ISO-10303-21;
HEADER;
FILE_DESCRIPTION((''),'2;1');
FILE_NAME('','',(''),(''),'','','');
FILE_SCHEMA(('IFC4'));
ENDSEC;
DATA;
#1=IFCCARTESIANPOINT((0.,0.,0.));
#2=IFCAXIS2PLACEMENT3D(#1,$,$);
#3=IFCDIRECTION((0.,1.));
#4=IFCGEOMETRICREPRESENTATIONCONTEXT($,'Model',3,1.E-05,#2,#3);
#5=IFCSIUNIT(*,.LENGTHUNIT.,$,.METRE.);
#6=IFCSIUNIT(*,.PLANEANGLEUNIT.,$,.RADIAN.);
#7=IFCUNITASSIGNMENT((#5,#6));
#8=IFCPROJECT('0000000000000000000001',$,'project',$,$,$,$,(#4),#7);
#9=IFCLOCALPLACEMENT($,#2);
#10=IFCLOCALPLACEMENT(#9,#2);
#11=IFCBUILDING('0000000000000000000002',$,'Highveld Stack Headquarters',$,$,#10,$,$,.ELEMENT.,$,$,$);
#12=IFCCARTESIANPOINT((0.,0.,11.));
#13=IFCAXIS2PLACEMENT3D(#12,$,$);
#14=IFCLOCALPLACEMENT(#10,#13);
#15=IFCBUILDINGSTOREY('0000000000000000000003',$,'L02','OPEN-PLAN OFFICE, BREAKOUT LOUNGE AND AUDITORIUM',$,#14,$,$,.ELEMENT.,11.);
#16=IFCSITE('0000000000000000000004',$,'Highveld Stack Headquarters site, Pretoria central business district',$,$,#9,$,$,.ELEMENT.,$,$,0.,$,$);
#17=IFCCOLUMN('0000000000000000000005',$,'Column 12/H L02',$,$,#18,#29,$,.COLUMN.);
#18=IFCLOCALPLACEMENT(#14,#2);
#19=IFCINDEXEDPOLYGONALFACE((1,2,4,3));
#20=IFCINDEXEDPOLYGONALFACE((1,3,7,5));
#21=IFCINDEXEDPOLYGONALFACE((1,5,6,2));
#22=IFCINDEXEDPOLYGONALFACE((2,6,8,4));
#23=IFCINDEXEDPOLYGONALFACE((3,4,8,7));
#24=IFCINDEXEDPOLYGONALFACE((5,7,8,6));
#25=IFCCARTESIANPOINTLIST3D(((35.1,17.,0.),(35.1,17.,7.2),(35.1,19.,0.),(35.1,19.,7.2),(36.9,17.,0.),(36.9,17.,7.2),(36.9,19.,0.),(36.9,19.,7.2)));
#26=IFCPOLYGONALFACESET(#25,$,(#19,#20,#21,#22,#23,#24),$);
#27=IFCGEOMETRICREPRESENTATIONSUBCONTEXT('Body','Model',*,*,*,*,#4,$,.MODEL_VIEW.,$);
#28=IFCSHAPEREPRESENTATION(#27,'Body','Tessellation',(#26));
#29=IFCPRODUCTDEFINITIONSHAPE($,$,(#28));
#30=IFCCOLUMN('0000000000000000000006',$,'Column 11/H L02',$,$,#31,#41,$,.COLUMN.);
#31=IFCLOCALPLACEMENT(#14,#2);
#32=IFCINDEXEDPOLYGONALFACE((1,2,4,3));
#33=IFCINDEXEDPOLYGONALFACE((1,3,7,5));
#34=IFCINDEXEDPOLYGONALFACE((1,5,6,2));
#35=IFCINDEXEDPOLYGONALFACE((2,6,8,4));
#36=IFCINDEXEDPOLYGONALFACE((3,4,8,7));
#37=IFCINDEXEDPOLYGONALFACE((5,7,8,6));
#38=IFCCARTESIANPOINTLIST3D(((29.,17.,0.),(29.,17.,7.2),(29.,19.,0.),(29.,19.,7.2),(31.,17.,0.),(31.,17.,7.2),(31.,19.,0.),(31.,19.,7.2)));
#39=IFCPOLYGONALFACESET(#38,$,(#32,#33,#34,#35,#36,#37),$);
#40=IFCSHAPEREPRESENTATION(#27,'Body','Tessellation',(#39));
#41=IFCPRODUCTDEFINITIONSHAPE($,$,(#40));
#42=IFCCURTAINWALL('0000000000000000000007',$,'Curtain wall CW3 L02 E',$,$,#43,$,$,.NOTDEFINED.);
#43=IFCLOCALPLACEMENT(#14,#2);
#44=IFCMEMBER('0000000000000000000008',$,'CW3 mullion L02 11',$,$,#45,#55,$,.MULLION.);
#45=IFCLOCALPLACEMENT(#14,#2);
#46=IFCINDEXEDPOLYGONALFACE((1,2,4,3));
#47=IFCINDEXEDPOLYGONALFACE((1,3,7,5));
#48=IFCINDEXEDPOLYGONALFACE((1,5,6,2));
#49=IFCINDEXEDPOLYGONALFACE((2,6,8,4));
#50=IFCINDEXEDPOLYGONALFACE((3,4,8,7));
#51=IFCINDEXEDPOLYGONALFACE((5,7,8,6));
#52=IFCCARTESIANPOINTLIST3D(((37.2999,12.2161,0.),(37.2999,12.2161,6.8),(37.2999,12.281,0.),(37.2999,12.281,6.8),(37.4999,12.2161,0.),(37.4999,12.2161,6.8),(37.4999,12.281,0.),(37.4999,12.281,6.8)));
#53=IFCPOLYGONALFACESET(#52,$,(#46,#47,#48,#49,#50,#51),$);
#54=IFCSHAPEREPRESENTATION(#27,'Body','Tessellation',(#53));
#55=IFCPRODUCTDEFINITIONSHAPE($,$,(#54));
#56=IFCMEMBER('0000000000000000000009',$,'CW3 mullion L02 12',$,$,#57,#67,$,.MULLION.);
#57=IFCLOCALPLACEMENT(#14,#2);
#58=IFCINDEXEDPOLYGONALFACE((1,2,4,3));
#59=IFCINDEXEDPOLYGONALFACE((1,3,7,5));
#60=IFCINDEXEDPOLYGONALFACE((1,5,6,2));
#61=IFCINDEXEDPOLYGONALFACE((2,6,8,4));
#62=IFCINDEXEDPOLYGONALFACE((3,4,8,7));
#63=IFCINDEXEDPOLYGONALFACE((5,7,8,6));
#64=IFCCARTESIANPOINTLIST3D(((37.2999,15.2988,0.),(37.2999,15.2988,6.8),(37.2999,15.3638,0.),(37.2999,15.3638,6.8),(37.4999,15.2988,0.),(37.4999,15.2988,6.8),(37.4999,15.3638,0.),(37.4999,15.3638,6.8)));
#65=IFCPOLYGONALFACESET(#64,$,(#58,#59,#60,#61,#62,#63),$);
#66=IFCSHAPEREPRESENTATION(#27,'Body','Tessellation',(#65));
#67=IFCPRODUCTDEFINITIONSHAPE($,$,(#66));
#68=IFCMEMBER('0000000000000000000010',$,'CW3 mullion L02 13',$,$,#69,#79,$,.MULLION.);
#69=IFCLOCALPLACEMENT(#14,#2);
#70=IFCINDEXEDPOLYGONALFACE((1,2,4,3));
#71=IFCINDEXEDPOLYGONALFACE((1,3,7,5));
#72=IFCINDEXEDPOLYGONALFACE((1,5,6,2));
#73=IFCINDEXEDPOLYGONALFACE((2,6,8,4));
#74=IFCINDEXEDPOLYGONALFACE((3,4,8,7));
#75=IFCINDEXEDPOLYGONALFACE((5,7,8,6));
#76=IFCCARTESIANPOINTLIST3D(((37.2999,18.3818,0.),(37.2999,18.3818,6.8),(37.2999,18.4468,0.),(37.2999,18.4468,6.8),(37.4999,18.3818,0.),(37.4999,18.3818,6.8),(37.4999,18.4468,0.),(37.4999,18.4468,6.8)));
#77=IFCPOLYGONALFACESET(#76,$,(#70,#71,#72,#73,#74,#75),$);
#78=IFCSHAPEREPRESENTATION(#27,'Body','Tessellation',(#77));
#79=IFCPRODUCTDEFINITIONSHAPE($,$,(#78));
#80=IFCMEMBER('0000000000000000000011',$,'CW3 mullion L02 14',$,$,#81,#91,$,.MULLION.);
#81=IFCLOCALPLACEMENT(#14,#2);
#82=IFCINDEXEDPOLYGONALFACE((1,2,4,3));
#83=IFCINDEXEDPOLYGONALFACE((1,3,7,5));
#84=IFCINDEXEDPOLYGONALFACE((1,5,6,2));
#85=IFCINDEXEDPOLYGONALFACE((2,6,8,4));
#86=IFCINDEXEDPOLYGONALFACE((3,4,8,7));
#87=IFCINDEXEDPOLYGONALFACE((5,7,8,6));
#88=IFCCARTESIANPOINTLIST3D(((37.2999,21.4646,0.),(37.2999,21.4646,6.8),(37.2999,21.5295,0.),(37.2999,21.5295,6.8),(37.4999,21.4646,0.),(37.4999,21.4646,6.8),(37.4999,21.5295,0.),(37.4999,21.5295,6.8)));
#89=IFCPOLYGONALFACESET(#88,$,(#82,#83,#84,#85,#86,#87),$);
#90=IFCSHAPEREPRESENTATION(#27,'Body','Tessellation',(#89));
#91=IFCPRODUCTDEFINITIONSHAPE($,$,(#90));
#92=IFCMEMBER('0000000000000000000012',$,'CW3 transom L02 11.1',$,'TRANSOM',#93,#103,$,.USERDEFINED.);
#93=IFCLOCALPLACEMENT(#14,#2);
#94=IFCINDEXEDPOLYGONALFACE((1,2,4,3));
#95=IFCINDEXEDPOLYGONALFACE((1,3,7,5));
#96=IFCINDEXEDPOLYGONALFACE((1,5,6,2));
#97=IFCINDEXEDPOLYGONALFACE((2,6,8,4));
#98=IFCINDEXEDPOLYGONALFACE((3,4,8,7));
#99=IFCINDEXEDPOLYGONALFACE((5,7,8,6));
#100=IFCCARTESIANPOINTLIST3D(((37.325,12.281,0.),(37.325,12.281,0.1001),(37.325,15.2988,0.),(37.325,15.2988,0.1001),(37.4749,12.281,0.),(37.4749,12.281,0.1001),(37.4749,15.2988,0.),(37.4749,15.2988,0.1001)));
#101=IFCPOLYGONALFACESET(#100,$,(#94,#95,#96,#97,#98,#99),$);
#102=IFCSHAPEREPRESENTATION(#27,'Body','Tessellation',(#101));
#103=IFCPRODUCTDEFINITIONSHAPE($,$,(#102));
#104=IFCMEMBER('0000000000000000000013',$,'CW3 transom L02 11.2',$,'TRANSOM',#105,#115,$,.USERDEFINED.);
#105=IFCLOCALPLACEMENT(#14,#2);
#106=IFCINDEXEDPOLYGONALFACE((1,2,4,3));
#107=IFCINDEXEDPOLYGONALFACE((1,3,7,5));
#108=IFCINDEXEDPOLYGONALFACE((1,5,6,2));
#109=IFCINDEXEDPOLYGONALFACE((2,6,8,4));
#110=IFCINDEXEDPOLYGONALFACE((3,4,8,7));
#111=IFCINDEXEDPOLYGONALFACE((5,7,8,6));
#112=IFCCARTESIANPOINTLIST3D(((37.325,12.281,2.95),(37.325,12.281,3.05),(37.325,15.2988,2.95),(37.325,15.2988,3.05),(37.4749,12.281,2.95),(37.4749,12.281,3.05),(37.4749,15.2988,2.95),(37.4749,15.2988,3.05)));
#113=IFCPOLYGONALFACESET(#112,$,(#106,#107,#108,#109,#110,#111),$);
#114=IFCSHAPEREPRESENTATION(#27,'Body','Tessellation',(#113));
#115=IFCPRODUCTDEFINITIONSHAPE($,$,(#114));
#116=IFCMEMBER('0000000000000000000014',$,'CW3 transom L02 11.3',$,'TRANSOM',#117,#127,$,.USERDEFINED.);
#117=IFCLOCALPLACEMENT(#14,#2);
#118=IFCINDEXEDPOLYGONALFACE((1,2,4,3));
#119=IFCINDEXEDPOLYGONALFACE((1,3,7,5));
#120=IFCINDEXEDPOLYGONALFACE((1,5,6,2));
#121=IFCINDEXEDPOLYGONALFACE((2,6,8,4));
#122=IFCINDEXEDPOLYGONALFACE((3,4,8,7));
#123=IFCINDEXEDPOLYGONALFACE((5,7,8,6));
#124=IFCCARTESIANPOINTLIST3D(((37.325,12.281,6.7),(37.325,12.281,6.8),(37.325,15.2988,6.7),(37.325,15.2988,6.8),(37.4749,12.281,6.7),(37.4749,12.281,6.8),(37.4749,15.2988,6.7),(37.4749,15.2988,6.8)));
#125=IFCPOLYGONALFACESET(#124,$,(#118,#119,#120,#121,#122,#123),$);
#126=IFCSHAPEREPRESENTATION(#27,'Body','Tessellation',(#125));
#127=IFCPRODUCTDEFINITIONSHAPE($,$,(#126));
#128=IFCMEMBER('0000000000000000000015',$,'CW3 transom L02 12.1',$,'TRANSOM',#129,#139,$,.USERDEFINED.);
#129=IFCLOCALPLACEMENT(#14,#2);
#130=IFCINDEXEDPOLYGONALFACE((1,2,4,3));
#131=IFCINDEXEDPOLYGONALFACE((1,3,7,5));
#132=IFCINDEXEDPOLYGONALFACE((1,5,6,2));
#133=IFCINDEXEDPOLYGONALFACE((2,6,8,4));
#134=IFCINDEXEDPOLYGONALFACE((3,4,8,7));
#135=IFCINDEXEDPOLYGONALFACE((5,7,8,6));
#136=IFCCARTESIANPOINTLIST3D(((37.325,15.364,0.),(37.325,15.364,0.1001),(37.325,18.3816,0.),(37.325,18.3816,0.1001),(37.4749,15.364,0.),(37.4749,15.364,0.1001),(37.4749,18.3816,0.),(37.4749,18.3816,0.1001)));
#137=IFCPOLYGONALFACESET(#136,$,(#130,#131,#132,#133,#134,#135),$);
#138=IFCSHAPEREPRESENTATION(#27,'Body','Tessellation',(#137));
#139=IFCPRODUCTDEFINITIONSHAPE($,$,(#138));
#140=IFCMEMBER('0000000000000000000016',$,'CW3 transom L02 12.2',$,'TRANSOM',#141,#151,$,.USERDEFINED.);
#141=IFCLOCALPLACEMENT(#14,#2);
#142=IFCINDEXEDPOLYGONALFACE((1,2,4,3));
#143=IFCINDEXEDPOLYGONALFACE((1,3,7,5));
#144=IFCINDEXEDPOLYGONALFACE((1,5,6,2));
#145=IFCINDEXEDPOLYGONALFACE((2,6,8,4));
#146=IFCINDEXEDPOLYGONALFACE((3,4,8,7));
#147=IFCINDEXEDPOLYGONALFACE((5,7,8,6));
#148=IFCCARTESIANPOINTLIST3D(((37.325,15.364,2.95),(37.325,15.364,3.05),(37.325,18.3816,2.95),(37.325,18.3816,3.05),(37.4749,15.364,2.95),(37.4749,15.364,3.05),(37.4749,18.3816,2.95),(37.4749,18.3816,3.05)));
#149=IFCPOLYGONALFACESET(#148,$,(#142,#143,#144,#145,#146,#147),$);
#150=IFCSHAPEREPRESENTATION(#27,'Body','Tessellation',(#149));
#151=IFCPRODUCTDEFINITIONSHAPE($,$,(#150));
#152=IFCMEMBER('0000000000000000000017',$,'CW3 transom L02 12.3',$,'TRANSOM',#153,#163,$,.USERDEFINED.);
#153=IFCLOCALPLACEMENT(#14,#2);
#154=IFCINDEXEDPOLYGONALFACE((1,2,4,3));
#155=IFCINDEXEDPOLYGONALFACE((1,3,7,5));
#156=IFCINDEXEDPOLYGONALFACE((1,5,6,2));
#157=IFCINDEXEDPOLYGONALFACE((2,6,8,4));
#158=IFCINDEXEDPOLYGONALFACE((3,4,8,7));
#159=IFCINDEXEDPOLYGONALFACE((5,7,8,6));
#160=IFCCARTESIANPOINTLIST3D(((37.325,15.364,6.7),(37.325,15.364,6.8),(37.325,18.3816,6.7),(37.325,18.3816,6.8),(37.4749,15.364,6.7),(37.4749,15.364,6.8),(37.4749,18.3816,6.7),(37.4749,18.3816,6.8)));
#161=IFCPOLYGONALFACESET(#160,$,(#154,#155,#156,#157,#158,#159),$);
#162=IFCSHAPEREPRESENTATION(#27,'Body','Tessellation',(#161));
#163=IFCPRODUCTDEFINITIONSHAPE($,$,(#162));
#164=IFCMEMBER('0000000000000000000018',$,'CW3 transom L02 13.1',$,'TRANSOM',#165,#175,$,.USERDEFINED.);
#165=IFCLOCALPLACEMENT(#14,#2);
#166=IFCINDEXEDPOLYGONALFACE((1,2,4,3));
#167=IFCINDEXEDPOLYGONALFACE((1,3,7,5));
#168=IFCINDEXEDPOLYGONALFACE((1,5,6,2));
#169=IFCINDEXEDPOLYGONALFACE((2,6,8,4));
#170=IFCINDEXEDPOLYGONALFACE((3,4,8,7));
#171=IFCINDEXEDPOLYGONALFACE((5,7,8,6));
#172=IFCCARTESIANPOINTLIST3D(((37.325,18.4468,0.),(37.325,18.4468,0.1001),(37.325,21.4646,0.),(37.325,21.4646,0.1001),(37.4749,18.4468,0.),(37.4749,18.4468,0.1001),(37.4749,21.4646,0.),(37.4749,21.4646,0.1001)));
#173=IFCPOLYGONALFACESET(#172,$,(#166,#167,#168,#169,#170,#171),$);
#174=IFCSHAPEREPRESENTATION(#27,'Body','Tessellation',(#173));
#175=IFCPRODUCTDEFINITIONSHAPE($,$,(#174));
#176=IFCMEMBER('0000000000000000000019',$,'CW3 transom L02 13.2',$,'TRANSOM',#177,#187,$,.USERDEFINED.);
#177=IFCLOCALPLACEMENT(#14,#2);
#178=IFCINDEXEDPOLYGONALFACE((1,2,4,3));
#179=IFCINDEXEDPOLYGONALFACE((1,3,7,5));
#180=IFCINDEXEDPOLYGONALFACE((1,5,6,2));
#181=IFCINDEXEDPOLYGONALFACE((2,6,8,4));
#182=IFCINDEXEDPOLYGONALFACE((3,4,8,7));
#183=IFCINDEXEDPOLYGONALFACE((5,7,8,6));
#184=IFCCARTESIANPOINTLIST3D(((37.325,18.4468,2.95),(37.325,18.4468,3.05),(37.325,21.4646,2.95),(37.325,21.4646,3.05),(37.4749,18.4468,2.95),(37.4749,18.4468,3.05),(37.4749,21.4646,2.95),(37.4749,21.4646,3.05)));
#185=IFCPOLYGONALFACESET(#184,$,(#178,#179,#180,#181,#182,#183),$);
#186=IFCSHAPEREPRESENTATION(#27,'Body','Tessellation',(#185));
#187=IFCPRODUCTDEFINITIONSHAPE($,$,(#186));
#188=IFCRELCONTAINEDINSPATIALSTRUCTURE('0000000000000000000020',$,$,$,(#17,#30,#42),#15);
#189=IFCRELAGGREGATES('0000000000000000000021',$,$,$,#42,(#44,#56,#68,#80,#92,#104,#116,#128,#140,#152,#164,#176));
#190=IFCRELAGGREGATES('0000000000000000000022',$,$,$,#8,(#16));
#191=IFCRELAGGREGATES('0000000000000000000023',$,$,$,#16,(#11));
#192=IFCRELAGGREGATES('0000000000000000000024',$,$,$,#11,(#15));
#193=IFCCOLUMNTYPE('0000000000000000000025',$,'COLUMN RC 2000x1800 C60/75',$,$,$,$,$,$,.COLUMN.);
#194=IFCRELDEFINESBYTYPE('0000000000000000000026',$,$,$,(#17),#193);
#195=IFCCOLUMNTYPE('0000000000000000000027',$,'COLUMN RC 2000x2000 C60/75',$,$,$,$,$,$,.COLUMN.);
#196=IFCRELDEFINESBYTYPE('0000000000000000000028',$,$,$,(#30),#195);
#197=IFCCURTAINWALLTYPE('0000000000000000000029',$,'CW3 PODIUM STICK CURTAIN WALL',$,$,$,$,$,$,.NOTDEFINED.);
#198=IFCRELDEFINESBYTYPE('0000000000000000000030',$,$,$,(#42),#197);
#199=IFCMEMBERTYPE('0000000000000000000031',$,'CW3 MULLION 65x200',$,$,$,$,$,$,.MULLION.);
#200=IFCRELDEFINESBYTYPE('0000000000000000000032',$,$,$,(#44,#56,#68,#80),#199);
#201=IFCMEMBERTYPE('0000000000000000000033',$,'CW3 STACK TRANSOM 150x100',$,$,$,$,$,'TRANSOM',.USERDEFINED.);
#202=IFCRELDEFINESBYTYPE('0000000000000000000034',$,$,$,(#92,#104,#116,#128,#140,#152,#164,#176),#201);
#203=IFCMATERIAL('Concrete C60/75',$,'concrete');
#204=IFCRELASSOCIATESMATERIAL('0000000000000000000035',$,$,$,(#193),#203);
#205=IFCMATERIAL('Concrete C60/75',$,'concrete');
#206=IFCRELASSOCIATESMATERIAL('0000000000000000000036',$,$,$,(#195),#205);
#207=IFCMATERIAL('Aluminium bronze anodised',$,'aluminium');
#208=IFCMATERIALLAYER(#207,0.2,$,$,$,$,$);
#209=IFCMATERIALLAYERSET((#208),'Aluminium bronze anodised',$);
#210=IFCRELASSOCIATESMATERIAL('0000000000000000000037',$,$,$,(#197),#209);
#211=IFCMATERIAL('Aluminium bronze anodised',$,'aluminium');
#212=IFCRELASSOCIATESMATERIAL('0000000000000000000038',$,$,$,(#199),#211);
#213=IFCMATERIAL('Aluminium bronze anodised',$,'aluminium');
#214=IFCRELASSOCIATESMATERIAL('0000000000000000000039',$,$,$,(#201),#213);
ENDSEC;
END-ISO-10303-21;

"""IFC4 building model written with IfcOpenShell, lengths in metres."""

from ifc_helpers import new_model, si_unit, direction, frame, origin, origin_2d, place, context, subcontext, project, spatial, rectangle, extrude, material, layer, layer_set, material_profile, profile_set, type_object, element, aggregate, save


model = new_model("IFC4")

# Units and contexts
model_context = context("Model", 3, precision=1e-05, world=origin(), true_north=direction((0.0, 1.0)))
body_context = subcontext(model_context, "Body", "Model", "MODEL_VIEW")
ifc_project = project(units=[si_unit("LENGTHUNIT", "METRE"), si_unit("PLANEANGLEUNIT", "RADIAN")], contexts=[model_context])

# Site, building, storey
site_placement = place(None, origin())
site = spatial("IfcSite", under=ifc_project, at=site_placement, Name="Highveld Stack Headquarters site, Pretoria central business district", CompositionType="ELEMENT", RefElevation=0.0)
building_placement = place(site_placement, origin())
building = spatial("IfcBuilding", under=site, at=building_placement, Name="Highveld Stack Headquarters", CompositionType="ELEMENT")
storey_placement = place(building_placement, frame((0.0, 0.0, 11.0)))
storey = spatial("IfcBuildingStorey", under=building, at=storey_placement, Name="L02", Description="OPEN-PLAN OFFICE, BREAKOUT LOUNGE AND AUDITORIUM", CompositionType="ELEMENT", Elevation=11.0)

# Columns
ifc_material_1 = material(Name="Concrete C60/75", Category="concrete")
ifc_material_profile_1 = material_profile(ifc_material_1, rectangle(XDim=2.0, YDim=1.8, at=origin_2d()), Name="RC 2000x1800")
ifc_profile_set_1 = profile_set([ifc_material_profile_1], Name="Concrete C60/75")
column_type_1 = type_object("IfcColumnType", Name="COLUMN RC 2000x1800 C60/75", PredefinedType="COLUMN", material=ifc_profile_set_1)
column_1_placement = place(storey_placement, frame((36.0, 18.0, 0.0), z_axis=(0.0, 0.0, 1.0), x_axis=(0.0, 1.0, 0.0)))
element("IfcColumn", 1, at=column_1_placement, inside=storey, type_object=column_type_1, Name="Column 12/H L02", PredefinedType="COLUMN", context=body_context, shape_type="SweptSolid", body=[
    extrude(rectangle(XDim=2.0, YDim=1.8, at=origin_2d()), origin(), (0.0, 0.0, 1.0), 7.2),
])
ifc_material_2 = material(Name="Concrete C60/75", Category="concrete")
ifc_material_profile_2 = material_profile(ifc_material_2, rectangle(XDim=2.0, YDim=2.0, at=origin_2d()), Name="RC 2000x2000")
ifc_profile_set_2 = profile_set([ifc_material_profile_2], Name="Concrete C60/75")
column_type_2 = type_object("IfcColumnType", Name="COLUMN RC 2000x2000 C60/75", PredefinedType="COLUMN", material=ifc_profile_set_2)
column_2_placement = place(storey_placement, frame((30.0, 18.0, 0.0), z_axis=(0.0, 0.0, 1.0), x_axis=(1.0, 0.0, 0.0)))
element("IfcColumn", 2, at=column_2_placement, inside=storey, type_object=column_type_2, Name="Column 11/H L02", PredefinedType="COLUMN", context=body_context, shape_type="SweptSolid", body=[
    extrude(rectangle(XDim=2.0, YDim=2.0, at=origin_2d()), origin(), (0.0, 0.0, 1.0), 7.2),
])

# Curtain wall, members
ifc_material_3 = material(Name="Aluminium bronze anodised", Category="aluminium")
ifc_layer_1 = layer(ifc_material_3, 0.2)
ifc_layer_set_1 = layer_set([ifc_layer_1], Name="Aluminium bronze anodised")
curtain_wall_type = type_object("IfcCurtainWallType", Name="CW3 PODIUM STICK CURTAIN WALL", PredefinedType="NOTDEFINED", material=ifc_layer_set_1)
curtain_wall_placement = place(storey_placement, origin())
curtain_wall = element("IfcCurtainWall", 3, at=curtain_wall_placement, inside=storey, type_object=curtain_wall_type, Name="Curtain wall CW3 L02 E", PredefinedType="NOTDEFINED")
ifc_material_4 = material(Name="Aluminium bronze anodised", Category="aluminium")
ifc_material_profile_3 = material_profile(ifc_material_4, rectangle(XDim=0.2, YDim=0.0649, at=origin_2d()), Name="CW3 MULLION 65x200")
ifc_profile_set_3 = profile_set([ifc_material_profile_3], Name="Aluminium bronze anodised")
member_type_1 = type_object("IfcMemberType", Name="CW3 MULLION 65x200", PredefinedType="MULLION", material=ifc_profile_set_3)
member_1_placement = place(storey_placement, frame((37.3999, 12.2485, 0.0), z_axis=(0.0, 0.0, 1.0), x_axis=(-1.0, 0.0, 0.0)))
member_1 = element("IfcMember", 4, at=member_1_placement, type_object=member_type_1, Name="CW3 mullion L02 11", PredefinedType="MULLION", context=body_context, shape_type="SweptSolid", body=[
    extrude(rectangle(XDim=0.2, YDim=0.0649, at=origin_2d()), origin(), (0.0, 0.0, 1.0), 6.8),
])
member_2_placement = place(storey_placement, frame((37.3999, 15.3313, 0.0), z_axis=(0.0, 0.0, 1.0), x_axis=(-1.0, 0.0, 0.0)))
member_2 = element("IfcMember", 5, at=member_2_placement, type_object=member_type_1, Name="CW3 mullion L02 12", PredefinedType="MULLION", context=body_context, shape_type="SweptSolid", body=[
    extrude(rectangle(XDim=0.2, YDim=0.0649, at=origin_2d()), origin(), (0.0, 0.0, 1.0), 6.8),
])
member_3_placement = place(storey_placement, frame((37.3999, 18.4143, 0.0), z_axis=(0.0, 0.0, 1.0), x_axis=(-1.0, 0.0, 0.0)))
member_3 = element("IfcMember", 6, at=member_3_placement, type_object=member_type_1, Name="CW3 mullion L02 13", PredefinedType="MULLION", context=body_context, shape_type="SweptSolid", body=[
    extrude(rectangle(XDim=0.2, YDim=0.0649, at=origin_2d()), origin(), (0.0, 0.0, 1.0), 6.8),
])
member_4_placement = place(storey_placement, frame((37.3999, 21.4971, 0.0), z_axis=(0.0, 0.0, 1.0), x_axis=(-1.0, 0.0, 0.0)))
member_4 = element("IfcMember", 7, at=member_4_placement, type_object=member_type_1, Name="CW3 mullion L02 14", PredefinedType="MULLION", context=body_context, shape_type="SweptSolid", body=[
    extrude(rectangle(XDim=0.2, YDim=0.0649, at=origin_2d()), origin(), (0.0, 0.0, 1.0), 6.8),
])
ifc_material_5 = material(Name="Aluminium bronze anodised", Category="aluminium")
ifc_material_profile_4 = material_profile(ifc_material_5, rectangle(XDim=0.1499, YDim=0.1001, at=origin_2d()), Name="CW3 TRANSOM 150x100")
ifc_profile_set_4 = profile_set([ifc_material_profile_4], Name="Aluminium bronze anodised")
member_type_2 = type_object("IfcMemberType", Name="CW3 STACK TRANSOM 150x100", ElementType="TRANSOM", PredefinedType="USERDEFINED", material=ifc_profile_set_4)
member_5_placement = place(storey_placement, frame((37.3999, 12.281, 0.05), z_axis=(0.0, 1.0, 0.0), x_axis=(-1.0, 0.0, 0.0)))
member_5 = element("IfcMember", 8, at=member_5_placement, type_object=member_type_2, Name="CW3 transom L02 11.1", ObjectType="TRANSOM", PredefinedType="USERDEFINED", context=body_context, shape_type="SweptSolid", body=[
    extrude(rectangle(XDim=0.1499, YDim=0.1001, at=origin_2d()), origin(), (0.0, 0.0, 1.0), 3.0178),
])
member_6_placement = place(storey_placement, frame((37.3999, 12.281, 3.0), z_axis=(0.0, 1.0, 0.0), x_axis=(-1.0, 0.0, 0.0)))
member_6 = element("IfcMember", 9, at=member_6_placement, type_object=member_type_2, Name="CW3 transom L02 11.2", ObjectType="TRANSOM", PredefinedType="USERDEFINED", context=body_context, shape_type="SweptSolid", body=[
    extrude(rectangle(XDim=0.1499, YDim=0.1001, at=origin_2d()), origin(), (0.0, 0.0, 1.0), 3.0178),
])
member_7_placement = place(storey_placement, frame((37.3999, 12.281, 6.75), z_axis=(0.0, 1.0, 0.0), x_axis=(-1.0, 0.0, 0.0)))
member_7 = element("IfcMember", 10, at=member_7_placement, type_object=member_type_2, Name="CW3 transom L02 11.3", ObjectType="TRANSOM", PredefinedType="USERDEFINED", context=body_context, shape_type="SweptSolid", body=[
    extrude(rectangle(XDim=0.1499, YDim=0.1001, at=origin_2d()), origin(), (0.0, 0.0, 1.0), 3.0178),
])
member_8_placement = place(storey_placement, frame((37.3999, 15.364, 0.05), z_axis=(0.0, 1.0, 0.0), x_axis=(-1.0, 0.0, 0.0)))
member_8 = element("IfcMember", 11, at=member_8_placement, type_object=member_type_2, Name="CW3 transom L02 12.1", ObjectType="TRANSOM", PredefinedType="USERDEFINED", context=body_context, shape_type="SweptSolid", body=[
    extrude(rectangle(XDim=0.1499, YDim=0.1001, at=origin_2d()), origin(), (0.0, 0.0, 1.0), 3.0176),
])
member_9_placement = place(storey_placement, frame((37.3999, 15.364, 3.0), z_axis=(0.0, 1.0, 0.0), x_axis=(-1.0, 0.0, 0.0)))
member_9 = element("IfcMember", 12, at=member_9_placement, type_object=member_type_2, Name="CW3 transom L02 12.2", ObjectType="TRANSOM", PredefinedType="USERDEFINED", context=body_context, shape_type="SweptSolid", body=[
    extrude(rectangle(XDim=0.1499, YDim=0.1001, at=origin_2d()), origin(), (0.0, 0.0, 1.0), 3.0176),
])
member_10_placement = place(storey_placement, frame((37.3999, 15.364, 6.75), z_axis=(0.0, 1.0, 0.0), x_axis=(-1.0, 0.0, 0.0)))
member_10 = element("IfcMember", 13, at=member_10_placement, type_object=member_type_2, Name="CW3 transom L02 12.3", ObjectType="TRANSOM", PredefinedType="USERDEFINED", context=body_context, shape_type="SweptSolid", body=[
    extrude(rectangle(XDim=0.1499, YDim=0.1001, at=origin_2d()), origin(), (0.0, 0.0, 1.0), 3.0176),
])
member_11_placement = place(storey_placement, frame((37.3999, 18.4468, 0.05), z_axis=(0.0, 1.0, 0.0), x_axis=(-1.0, 0.0, 0.0)))
member_11 = element("IfcMember", 14, at=member_11_placement, type_object=member_type_2, Name="CW3 transom L02 13.1", ObjectType="TRANSOM", PredefinedType="USERDEFINED", context=body_context, shape_type="SweptSolid", body=[
    extrude(rectangle(XDim=0.1499, YDim=0.1001, at=origin_2d()), origin(), (0.0, 0.0, 1.0), 3.0178),
])
member_12_placement = place(storey_placement, frame((37.3999, 18.4468, 3.0), z_axis=(0.0, 1.0, 0.0), x_axis=(-1.0, 0.0, 0.0)))
member_12 = element("IfcMember", 15, at=member_12_placement, type_object=member_type_2, Name="CW3 transom L02 13.2", ObjectType="TRANSOM", PredefinedType="USERDEFINED", context=body_context, shape_type="SweptSolid", body=[
    extrude(rectangle(XDim=0.1499, YDim=0.1001, at=origin_2d()), origin(), (0.0, 0.0, 1.0), 3.0178),
])
aggregate(curtain_wall, [member_1, member_2, member_3, member_4, member_5, member_6, member_7, member_8, member_9, member_10, member_11, member_12])

save(model, "model.ifc")
